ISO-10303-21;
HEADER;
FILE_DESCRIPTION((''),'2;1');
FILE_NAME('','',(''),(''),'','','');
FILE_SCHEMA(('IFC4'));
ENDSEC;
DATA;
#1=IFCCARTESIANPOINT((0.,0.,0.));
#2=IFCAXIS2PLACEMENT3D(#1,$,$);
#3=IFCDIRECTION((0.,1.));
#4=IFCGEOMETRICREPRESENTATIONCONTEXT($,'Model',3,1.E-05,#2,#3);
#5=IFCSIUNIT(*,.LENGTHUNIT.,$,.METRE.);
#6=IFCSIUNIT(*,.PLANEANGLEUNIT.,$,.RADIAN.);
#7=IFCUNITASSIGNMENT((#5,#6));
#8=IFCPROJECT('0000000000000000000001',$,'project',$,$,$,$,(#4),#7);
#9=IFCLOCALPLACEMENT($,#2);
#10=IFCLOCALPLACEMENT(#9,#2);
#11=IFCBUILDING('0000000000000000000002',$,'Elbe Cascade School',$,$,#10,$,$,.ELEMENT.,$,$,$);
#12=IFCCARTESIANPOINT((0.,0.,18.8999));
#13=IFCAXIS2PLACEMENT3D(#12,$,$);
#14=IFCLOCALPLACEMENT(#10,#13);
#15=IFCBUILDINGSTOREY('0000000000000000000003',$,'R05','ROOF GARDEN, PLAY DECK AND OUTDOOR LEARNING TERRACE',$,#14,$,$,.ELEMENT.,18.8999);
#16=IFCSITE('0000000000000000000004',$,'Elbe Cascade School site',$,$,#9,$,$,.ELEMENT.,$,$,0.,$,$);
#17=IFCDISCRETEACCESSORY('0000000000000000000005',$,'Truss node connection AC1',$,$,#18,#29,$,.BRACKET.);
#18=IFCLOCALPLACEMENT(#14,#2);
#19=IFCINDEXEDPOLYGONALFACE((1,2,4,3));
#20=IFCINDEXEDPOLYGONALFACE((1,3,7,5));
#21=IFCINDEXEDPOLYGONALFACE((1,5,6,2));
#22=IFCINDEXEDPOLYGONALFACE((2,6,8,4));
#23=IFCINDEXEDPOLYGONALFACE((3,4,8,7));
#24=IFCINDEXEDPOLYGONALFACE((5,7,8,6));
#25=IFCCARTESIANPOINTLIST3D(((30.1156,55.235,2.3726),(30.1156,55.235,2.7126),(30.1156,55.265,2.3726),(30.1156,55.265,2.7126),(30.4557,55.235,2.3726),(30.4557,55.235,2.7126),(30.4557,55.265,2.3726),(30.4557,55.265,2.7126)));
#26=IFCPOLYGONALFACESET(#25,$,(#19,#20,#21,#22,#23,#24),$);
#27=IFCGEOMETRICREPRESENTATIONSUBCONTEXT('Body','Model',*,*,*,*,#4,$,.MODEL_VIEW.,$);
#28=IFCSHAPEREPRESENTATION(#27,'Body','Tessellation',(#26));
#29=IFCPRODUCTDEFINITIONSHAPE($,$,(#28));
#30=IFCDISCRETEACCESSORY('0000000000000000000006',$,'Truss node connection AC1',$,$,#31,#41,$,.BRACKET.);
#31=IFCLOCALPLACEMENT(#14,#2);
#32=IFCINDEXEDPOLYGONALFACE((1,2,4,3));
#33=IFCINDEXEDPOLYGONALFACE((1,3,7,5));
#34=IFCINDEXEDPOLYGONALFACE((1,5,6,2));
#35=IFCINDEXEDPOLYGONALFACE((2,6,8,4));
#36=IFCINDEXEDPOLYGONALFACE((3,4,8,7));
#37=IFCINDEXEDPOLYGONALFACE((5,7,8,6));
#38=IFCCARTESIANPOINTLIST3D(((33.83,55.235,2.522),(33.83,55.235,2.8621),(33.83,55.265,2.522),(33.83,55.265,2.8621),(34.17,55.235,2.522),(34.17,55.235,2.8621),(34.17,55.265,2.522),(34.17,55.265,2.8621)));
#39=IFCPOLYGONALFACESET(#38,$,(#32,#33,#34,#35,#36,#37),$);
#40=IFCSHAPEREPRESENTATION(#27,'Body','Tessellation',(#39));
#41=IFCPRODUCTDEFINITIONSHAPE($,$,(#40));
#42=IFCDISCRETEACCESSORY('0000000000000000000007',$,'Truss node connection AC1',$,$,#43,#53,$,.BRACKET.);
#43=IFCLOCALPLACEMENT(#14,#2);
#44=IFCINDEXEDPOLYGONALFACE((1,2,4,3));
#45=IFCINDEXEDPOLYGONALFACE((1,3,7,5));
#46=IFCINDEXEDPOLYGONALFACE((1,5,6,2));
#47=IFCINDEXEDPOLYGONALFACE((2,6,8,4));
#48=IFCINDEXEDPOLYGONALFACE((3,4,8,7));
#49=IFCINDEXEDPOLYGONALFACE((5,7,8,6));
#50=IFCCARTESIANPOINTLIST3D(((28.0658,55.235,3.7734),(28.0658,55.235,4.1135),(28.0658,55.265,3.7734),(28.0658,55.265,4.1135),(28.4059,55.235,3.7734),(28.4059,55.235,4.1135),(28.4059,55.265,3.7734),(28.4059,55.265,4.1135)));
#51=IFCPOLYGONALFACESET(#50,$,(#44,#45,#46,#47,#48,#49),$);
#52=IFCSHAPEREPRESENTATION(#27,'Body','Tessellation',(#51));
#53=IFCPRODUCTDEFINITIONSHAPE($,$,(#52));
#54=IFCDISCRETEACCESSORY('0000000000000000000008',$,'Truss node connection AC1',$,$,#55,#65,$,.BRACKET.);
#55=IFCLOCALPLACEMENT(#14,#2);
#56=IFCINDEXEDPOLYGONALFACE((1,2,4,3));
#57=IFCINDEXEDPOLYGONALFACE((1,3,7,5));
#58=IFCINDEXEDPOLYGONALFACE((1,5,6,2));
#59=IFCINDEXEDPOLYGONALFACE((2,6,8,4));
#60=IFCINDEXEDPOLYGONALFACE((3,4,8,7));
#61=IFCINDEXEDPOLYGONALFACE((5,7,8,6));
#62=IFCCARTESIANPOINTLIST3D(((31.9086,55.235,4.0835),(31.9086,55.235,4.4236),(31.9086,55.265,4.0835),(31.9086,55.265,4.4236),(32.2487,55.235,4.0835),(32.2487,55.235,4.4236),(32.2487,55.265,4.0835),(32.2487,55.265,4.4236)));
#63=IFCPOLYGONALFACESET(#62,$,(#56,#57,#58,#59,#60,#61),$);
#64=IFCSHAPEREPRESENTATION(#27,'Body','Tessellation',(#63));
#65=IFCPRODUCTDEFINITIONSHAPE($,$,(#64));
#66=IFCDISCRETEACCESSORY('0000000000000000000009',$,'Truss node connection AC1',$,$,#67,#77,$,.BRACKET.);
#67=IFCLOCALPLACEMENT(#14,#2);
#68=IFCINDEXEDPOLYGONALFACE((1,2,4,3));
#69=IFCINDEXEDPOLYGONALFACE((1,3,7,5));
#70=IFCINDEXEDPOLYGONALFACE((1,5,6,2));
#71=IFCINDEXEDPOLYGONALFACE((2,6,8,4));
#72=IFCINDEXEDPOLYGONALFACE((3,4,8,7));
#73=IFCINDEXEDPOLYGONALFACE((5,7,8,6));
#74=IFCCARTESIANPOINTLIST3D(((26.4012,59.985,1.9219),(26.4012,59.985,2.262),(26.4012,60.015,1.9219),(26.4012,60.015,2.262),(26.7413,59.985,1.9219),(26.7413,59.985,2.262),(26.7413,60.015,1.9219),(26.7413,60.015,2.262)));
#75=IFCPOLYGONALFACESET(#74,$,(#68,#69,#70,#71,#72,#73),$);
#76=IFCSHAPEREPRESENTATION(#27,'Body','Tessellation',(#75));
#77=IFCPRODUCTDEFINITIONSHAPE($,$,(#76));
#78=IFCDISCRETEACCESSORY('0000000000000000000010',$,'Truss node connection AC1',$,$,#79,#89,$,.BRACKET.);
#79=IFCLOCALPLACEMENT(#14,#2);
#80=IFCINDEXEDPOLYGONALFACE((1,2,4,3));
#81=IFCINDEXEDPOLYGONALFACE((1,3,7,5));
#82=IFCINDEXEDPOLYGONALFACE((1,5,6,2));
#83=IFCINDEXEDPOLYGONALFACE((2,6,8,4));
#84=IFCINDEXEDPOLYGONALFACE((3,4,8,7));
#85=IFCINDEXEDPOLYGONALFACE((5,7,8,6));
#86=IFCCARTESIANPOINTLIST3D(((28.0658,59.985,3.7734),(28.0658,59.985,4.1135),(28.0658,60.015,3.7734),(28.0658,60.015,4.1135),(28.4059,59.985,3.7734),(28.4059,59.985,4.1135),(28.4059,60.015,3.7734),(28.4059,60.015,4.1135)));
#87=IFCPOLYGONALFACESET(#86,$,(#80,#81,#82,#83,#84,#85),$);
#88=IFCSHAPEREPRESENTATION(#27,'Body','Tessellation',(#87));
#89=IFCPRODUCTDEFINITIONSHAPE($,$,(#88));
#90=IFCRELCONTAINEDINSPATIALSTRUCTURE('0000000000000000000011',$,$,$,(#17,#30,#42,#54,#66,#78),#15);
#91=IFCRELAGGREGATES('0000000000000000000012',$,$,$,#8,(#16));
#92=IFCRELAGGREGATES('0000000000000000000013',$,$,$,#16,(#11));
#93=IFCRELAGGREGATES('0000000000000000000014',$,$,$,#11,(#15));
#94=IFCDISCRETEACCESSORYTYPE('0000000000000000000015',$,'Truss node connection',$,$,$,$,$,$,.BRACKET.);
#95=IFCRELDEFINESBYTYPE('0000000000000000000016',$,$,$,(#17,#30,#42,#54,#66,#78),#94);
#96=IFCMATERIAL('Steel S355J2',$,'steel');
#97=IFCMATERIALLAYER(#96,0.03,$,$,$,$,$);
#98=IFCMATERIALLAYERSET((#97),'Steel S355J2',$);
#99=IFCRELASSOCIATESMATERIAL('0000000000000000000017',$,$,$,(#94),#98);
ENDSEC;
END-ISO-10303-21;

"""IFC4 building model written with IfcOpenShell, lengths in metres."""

from ifc_helpers import new_model, si_unit, direction, frame, origin, origin_2d, place, context, subcontext, project, spatial, rectangle, extrude, material, layer, layer_set, type_object, element, save


model = new_model("IFC4")

# Units and contexts
model_context = context("Model", 3, precision=1e-05, world=origin(), true_north=direction((0.0, 1.0)))
body_context = subcontext(model_context, "Body", "Model", "MODEL_VIEW")
ifc_project = project(units=[si_unit("LENGTHUNIT", "METRE"), si_unit("PLANEANGLEUNIT", "RADIAN")], contexts=[model_context])

# Site, building, storey
site_placement = place(None, origin())
site = spatial("IfcSite", under=ifc_project, at=site_placement, Name="Elbe Cascade School site", CompositionType="ELEMENT", RefElevation=0.0)
building_placement = place(site_placement, origin())
building = spatial("IfcBuilding", under=site, at=building_placement, Name="Elbe Cascade School", CompositionType="ELEMENT")
storey_placement = place(building_placement, frame((0.0, 0.0, 18.8999)))
storey = spatial("IfcBuildingStorey", under=building, at=storey_placement, Name="R05", Description="ROOF GARDEN, PLAY DECK AND OUTDOOR LEARNING TERRACE", CompositionType="ELEMENT", Elevation=18.8999)

# Discrete accessories
ifc_material_1 = material(Name="Steel S355J2", Category="steel")
ifc_layer = layer(ifc_material_1, 0.03)
ifc_layer_set = layer_set([ifc_layer], Name="Steel S355J2")
discrete_accessory_type = type_object("IfcDiscreteAccessoryType", Name="Truss node connection", PredefinedType="BRACKET", material=ifc_layer_set)
for number, where, z_axis, x_axis, name in (
    (1, (30.2856, 55.25, 2.3726), (0.0, 0.0, 1.0), (1.0, 0.0, 0.0), "Truss node connection AC1"),
    (2, (34.0, 55.25, 2.522), (0.0, 0.0, 1.0), (1.0, 0.0, 0.0), "Truss node connection AC1"),
    (3, (28.2358, 55.25, 3.7734), (0.0, 0.0, 1.0), (1.0, 0.0, 0.0), "Truss node connection AC1"),
    (4, (32.0786, 55.25, 4.0835), (0.0, 0.0, 1.0), (1.0, 0.0, 0.0), "Truss node connection AC1"),
    (5, (26.5713, 60.0, 1.9219), (0.0, 0.0, 1.0), (1.0, 0.0, 0.0), "Truss node connection AC1"),
    (6, (28.2358, 60.0, 3.7734), (0.0, 0.0, 1.0), (1.0, 0.0, 0.0), "Truss node connection AC1"),
):
    element("IfcDiscreteAccessory", number, at=place(storey_placement, frame(where, z_axis=z_axis, x_axis=x_axis)), inside=storey, type_object=discrete_accessory_type, Name=name, PredefinedType="BRACKET", context=body_context, shape_type="SweptSolid", body=[
        extrude(rectangle(XDim=0.3401, YDim=0.03, at=origin_2d()), origin(), (0.0, 0.0, 1.0), 0.3401),
    ])

save(model, "model.ifc")
